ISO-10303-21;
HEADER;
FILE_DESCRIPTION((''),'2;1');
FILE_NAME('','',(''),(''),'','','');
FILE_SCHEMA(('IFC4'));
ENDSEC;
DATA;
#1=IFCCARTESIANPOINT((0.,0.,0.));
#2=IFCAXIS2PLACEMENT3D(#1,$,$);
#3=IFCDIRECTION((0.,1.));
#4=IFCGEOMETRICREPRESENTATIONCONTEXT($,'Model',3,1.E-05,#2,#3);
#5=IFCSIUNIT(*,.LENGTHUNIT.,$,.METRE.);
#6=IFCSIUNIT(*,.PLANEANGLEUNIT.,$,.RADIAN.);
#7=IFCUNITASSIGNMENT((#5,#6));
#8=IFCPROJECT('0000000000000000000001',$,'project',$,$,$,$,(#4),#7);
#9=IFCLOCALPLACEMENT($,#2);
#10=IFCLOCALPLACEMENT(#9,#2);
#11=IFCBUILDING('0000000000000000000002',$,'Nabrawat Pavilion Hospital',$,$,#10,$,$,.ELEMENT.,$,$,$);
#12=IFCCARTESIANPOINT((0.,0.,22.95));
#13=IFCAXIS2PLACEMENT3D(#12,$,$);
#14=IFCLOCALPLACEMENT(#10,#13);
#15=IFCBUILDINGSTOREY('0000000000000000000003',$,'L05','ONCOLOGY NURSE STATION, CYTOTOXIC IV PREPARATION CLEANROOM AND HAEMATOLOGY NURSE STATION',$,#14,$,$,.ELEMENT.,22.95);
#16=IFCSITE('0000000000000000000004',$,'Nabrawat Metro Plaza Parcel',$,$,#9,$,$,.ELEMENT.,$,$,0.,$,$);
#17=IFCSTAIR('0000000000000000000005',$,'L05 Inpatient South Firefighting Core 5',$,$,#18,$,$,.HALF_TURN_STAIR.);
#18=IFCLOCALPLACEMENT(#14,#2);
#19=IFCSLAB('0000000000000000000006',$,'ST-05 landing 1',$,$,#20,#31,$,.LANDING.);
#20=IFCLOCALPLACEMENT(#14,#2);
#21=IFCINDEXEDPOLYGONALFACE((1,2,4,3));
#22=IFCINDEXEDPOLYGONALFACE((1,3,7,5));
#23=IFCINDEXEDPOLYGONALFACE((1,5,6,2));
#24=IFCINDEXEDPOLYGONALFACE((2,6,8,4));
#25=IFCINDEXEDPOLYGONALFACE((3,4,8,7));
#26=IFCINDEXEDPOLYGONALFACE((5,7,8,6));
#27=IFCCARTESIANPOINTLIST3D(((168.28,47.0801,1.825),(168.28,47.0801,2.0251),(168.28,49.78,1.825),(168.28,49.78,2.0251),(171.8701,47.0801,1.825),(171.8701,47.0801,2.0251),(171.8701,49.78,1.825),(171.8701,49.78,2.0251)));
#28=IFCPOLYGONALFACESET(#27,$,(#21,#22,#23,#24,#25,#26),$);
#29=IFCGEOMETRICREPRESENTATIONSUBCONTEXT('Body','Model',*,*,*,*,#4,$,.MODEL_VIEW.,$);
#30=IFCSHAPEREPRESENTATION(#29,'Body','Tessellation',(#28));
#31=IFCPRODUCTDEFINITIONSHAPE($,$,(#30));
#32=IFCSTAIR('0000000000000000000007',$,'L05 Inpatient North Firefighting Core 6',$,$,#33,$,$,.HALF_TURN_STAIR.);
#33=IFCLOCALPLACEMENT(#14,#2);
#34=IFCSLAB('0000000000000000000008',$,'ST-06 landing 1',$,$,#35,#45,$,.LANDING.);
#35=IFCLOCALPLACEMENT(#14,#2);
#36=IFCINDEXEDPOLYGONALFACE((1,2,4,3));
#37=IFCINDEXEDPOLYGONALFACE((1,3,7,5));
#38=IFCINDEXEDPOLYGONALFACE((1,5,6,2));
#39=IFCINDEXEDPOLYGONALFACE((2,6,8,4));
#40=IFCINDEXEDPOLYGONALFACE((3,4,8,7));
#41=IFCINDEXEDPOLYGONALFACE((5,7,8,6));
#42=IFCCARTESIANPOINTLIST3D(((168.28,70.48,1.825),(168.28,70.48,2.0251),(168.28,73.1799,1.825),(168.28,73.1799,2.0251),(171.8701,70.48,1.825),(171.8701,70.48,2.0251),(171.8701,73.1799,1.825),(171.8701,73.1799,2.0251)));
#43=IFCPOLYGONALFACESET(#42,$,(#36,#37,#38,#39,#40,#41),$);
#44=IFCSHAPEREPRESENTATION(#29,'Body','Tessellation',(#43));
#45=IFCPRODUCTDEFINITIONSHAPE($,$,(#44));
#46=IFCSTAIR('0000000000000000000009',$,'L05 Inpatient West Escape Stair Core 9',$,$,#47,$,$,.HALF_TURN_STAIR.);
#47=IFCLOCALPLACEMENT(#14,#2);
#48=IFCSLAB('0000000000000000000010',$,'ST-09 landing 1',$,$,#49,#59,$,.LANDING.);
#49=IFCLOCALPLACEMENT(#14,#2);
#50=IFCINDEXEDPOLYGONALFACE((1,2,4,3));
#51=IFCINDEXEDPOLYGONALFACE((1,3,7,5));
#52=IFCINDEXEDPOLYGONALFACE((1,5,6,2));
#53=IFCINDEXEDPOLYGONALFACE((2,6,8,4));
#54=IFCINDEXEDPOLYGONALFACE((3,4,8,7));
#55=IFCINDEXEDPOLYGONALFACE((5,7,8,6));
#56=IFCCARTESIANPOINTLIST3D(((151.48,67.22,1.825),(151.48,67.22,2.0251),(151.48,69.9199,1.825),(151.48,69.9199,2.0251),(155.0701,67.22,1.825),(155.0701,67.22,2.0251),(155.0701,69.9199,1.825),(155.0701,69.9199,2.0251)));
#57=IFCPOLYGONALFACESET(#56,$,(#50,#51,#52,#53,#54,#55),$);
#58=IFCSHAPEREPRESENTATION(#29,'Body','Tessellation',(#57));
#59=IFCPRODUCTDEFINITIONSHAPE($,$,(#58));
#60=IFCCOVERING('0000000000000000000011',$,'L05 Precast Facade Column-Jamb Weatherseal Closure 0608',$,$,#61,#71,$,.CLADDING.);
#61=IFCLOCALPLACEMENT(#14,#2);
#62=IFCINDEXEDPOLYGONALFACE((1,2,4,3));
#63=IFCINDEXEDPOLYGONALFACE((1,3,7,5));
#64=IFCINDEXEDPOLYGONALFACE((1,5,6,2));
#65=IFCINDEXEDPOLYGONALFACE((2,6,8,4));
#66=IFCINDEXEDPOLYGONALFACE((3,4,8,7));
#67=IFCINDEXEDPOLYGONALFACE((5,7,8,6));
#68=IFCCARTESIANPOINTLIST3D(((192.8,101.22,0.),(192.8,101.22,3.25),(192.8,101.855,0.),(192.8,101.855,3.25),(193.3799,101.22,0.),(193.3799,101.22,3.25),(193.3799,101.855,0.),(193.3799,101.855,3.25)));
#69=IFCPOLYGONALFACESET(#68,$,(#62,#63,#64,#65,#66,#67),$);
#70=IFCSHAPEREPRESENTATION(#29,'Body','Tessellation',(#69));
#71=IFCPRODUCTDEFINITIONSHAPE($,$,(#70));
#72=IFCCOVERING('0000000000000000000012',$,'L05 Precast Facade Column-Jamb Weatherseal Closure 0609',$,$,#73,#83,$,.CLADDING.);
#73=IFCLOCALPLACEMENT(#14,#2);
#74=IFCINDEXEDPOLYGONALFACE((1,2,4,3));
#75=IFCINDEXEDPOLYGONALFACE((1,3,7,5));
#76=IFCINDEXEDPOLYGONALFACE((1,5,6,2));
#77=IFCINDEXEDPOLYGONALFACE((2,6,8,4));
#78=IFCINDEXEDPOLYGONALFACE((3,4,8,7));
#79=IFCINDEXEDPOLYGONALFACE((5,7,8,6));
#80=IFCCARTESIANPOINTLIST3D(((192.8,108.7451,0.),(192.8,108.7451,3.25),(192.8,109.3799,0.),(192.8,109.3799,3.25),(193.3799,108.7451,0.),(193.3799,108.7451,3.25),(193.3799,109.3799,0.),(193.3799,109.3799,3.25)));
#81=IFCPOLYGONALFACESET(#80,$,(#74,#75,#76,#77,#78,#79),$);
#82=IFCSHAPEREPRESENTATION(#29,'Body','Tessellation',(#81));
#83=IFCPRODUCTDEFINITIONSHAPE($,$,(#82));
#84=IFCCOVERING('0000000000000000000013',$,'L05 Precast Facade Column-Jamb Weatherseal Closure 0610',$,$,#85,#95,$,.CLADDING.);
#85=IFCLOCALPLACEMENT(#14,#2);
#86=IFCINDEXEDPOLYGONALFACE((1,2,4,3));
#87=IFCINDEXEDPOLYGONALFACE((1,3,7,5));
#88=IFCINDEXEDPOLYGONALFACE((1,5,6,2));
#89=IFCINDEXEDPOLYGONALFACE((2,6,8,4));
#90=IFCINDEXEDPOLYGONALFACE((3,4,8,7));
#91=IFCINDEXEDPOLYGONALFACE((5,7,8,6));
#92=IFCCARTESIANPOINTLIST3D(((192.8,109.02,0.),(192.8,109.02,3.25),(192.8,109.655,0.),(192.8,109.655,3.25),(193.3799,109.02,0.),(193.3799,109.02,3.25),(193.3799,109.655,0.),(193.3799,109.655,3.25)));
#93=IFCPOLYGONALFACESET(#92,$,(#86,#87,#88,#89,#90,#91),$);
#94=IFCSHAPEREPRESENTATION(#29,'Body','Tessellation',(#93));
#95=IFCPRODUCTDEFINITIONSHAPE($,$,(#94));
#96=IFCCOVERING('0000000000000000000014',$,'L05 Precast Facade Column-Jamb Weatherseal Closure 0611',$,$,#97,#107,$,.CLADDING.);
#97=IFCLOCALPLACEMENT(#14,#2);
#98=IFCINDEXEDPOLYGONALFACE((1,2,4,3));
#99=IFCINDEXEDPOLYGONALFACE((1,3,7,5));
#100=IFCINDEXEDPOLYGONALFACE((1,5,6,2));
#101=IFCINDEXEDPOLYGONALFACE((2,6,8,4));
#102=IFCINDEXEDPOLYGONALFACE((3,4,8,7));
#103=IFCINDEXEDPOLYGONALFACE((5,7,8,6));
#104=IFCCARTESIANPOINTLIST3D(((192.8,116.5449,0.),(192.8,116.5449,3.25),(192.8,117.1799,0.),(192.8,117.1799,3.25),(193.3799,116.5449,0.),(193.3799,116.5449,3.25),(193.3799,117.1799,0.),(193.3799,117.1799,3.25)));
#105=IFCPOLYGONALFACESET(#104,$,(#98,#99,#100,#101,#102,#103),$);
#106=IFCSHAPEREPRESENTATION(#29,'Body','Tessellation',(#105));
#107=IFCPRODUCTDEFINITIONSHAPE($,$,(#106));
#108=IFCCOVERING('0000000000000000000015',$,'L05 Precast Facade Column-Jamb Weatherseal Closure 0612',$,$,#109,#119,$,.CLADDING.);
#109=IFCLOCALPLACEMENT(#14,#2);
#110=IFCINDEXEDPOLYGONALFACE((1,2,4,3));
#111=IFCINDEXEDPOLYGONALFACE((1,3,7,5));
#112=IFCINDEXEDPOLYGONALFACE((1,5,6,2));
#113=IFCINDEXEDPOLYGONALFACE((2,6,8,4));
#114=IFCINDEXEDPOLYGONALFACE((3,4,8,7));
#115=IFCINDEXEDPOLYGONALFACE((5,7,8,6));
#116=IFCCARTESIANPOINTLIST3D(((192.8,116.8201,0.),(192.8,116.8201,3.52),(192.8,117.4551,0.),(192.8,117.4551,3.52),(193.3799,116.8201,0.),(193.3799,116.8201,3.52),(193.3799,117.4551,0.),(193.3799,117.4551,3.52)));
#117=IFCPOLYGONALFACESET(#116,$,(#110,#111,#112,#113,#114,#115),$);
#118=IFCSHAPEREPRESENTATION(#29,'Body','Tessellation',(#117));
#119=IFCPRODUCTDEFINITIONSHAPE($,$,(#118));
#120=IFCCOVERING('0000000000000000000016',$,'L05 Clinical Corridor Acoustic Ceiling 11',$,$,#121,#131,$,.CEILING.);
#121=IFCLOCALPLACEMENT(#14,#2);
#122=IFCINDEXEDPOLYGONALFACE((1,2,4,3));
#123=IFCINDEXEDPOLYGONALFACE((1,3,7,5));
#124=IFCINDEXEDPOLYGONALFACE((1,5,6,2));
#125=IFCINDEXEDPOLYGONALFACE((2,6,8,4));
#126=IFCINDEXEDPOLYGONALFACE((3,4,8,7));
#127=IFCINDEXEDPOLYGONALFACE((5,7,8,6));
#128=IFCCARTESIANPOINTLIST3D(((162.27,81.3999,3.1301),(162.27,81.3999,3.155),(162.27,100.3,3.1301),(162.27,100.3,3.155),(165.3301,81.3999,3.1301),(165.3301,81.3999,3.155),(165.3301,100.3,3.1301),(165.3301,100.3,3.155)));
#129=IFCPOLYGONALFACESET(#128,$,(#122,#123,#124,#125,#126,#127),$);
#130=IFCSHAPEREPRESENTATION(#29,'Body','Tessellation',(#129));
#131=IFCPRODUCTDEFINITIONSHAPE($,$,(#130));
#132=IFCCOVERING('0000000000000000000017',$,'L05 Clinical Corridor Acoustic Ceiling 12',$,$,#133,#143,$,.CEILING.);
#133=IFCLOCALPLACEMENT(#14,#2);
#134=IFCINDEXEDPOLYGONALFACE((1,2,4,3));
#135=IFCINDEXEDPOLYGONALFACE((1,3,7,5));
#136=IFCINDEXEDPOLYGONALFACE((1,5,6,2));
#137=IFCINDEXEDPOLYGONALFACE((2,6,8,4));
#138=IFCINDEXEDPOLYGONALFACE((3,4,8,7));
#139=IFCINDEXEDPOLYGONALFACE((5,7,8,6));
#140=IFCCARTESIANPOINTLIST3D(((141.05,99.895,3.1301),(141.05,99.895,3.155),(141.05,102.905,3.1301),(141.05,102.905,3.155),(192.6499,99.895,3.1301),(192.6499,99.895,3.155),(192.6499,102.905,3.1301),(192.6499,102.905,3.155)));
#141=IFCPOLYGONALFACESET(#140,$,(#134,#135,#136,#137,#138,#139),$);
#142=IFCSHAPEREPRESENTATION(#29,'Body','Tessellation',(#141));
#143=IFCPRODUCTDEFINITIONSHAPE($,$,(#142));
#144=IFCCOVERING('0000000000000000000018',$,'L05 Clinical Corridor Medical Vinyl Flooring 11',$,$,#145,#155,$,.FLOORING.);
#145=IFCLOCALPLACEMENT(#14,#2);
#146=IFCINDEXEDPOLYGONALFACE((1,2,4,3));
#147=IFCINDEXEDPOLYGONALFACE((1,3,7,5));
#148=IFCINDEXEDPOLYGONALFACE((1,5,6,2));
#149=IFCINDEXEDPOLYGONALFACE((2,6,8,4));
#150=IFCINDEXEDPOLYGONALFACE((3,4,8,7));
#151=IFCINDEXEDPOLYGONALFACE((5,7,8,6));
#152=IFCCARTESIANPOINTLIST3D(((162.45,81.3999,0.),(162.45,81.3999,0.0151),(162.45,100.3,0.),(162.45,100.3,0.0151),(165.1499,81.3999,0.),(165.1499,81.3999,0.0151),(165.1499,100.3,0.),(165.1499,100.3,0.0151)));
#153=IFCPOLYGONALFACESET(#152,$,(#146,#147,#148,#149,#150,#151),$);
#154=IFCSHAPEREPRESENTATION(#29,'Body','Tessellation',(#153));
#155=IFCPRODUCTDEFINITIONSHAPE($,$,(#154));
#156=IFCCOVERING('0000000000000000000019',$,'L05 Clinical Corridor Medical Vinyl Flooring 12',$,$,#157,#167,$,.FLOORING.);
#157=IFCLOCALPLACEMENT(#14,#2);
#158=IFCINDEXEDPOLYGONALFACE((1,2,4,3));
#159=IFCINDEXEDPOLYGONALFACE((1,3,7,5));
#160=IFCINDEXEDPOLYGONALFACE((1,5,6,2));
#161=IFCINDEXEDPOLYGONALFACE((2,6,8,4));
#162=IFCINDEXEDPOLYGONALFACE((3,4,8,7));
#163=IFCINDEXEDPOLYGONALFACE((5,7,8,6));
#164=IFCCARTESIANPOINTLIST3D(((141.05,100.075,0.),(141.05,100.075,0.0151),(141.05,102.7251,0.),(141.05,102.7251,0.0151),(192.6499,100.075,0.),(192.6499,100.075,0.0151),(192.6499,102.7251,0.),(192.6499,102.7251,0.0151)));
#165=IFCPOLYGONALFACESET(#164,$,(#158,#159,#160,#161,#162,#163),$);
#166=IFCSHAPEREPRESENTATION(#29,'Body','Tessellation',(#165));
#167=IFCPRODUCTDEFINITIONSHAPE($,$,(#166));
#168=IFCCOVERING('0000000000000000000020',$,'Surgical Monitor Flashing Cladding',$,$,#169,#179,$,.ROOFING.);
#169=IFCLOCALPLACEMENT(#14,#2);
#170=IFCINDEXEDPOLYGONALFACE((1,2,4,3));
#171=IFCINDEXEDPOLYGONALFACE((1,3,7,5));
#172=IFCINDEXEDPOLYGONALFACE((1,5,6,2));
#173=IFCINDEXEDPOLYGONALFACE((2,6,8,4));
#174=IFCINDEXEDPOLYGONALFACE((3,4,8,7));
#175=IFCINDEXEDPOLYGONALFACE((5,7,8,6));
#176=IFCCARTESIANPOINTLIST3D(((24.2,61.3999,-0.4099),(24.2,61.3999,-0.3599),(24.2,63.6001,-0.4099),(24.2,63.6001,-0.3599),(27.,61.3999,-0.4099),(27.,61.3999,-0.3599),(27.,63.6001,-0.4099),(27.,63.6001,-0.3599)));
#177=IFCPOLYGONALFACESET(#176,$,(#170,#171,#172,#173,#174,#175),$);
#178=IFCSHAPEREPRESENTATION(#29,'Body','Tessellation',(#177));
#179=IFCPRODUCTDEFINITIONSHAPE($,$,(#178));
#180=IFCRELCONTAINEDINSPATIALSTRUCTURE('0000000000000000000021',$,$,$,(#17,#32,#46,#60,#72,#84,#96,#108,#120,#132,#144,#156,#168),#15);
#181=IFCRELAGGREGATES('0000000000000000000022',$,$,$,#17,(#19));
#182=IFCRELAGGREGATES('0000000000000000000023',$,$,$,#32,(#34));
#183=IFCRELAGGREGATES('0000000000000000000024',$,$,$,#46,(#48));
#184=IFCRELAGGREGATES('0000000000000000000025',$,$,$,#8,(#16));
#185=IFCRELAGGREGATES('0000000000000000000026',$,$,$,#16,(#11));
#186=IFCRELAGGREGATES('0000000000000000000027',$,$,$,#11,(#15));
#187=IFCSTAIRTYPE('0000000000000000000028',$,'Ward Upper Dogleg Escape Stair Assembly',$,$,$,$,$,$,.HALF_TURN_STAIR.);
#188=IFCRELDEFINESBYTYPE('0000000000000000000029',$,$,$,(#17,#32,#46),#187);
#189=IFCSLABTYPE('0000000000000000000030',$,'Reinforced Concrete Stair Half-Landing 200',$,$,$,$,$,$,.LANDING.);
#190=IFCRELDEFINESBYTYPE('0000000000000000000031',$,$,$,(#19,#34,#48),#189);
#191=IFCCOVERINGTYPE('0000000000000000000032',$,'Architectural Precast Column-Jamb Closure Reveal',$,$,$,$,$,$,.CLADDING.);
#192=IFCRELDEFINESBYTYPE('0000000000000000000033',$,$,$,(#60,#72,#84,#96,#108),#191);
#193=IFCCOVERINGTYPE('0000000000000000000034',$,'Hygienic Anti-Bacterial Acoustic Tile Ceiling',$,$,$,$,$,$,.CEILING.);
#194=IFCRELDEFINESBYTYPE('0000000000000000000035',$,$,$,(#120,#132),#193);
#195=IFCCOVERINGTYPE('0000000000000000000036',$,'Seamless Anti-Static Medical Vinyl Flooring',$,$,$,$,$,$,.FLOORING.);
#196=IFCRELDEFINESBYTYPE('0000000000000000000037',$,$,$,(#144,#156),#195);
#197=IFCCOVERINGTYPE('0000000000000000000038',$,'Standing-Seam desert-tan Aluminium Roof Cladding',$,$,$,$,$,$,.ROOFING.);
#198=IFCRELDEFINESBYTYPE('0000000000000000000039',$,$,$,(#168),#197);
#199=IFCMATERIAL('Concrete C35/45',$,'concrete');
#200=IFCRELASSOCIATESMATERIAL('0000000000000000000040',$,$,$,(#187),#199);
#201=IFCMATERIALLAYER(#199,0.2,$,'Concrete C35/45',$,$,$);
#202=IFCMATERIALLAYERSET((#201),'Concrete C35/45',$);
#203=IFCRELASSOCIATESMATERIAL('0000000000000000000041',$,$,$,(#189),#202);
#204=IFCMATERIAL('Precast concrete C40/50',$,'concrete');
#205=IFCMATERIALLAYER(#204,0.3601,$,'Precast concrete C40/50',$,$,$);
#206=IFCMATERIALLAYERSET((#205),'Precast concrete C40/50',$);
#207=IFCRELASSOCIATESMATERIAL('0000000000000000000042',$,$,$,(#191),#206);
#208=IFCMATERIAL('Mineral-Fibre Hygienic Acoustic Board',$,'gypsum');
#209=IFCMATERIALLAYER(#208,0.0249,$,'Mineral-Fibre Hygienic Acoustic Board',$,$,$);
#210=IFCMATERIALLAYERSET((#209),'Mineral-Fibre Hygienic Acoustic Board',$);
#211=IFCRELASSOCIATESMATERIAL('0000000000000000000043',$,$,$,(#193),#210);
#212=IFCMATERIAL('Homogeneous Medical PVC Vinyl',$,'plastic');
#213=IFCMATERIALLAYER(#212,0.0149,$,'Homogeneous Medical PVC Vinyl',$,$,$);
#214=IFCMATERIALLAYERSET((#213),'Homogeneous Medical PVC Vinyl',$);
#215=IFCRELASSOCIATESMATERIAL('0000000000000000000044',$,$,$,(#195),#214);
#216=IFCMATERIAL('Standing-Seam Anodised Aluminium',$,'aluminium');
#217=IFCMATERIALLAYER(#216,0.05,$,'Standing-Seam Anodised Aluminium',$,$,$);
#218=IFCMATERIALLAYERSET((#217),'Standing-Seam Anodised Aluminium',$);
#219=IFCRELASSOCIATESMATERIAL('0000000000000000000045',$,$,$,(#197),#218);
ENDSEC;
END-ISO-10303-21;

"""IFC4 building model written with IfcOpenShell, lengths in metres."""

from ifc_helpers import new_model, si_unit, direction, frame, origin, place, context, subcontext, project, spatial, polyline, outline, extrude, material, layer, layer_set, type_object, element, aggregate, save


model = new_model("IFC4")

# Units and contexts
model_context = context("Model", 3, precision=1e-05, world=origin(), true_north=direction((0.0, 1.0)))
body_context = subcontext(model_context, "Body", "Model", "MODEL_VIEW")
ifc_project = project(units=[si_unit("LENGTHUNIT", "METRE"), si_unit("PLANEANGLEUNIT", "RADIAN")], contexts=[model_context])

# Site, building, storey
site_placement = place(None, origin())
site = spatial("IfcSite", under=ifc_project, at=site_placement, Name="Nabrawat Metro Plaza Parcel", CompositionType="ELEMENT", RefElevation=0.0)
building_placement = place(site_placement, origin())
building = spatial("IfcBuilding", under=site, at=building_placement, Name="Nabrawat Pavilion Hospital", CompositionType="ELEMENT")
storey_placement = place(building_placement, frame((0.0, 0.0, 22.95)))
storey = spatial("IfcBuildingStorey", under=building, at=storey_placement, Name="L05", Description="ONCOLOGY NURSE STATION, CYTOTOXIC IV PREPARATION CLEANROOM AND HAEMATOLOGY NURSE STATION", CompositionType="ELEMENT", Elevation=22.95)

# Stairs, slabs
ifc_material_1 = material(Name="Concrete C35/45", Category="concrete")
stair_type = type_object("IfcStairType", Name="Ward Upper Dogleg Escape Stair Assembly", PredefinedType="HALF_TURN_STAIR", material=ifc_material_1)
stair_1_placement = place(storey_placement, origin())
stair_1 = element("IfcStair", 1, at=stair_1_placement, inside=storey, type_object=stair_type, Name="L05 Inpatient South Firefighting Core 5", PredefinedType="HALF_TURN_STAIR")
ifc_layer_1 = layer(ifc_material_1, 0.2, Name="Concrete C35/45")
ifc_layer_set_1 = layer_set([ifc_layer_1], Name="Concrete C35/45")
slab_type = type_object("IfcSlabType", Name="Reinforced Concrete Stair Half-Landing 200", PredefinedType="LANDING", material=ifc_layer_set_1)
slab_1_placement = place(storey_placement, frame((0.0, 0.0, 1.825)))
slab_1 = element("IfcSlab", 2, at=slab_1_placement, type_object=slab_type, Name="ST-05 landing 1", PredefinedType="LANDING", context=body_context, shape_type="SweptSolid", body=[
    extrude(outline(polyline([(171.8701, 47.0801), (171.8701, 49.78), (168.28, 49.78), (168.28, 47.0801), (171.8701, 47.0801)])), origin(), (0.0, 0.0, 1.0), 0.2002),
])
aggregate(stair_1, [slab_1])
stair_2_placement = place(storey_placement, origin())
stair_2 = element("IfcStair", 3, at=stair_2_placement, inside=storey, type_object=stair_type, Name="L05 Inpatient North Firefighting Core 6", PredefinedType="HALF_TURN_STAIR")
slab_2_placement = place(storey_placement, frame((0.0, 0.0, 1.825)))
slab_2 = element("IfcSlab", 4, at=slab_2_placement, type_object=slab_type, Name="ST-06 landing 1", PredefinedType="LANDING", context=body_context, shape_type="SweptSolid", body=[
    extrude(outline(polyline([(171.8701, 70.48), (171.8701, 73.1799), (168.28, 73.1799), (168.28, 70.48), (171.8701, 70.48)])), origin(), (0.0, 0.0, 1.0), 0.2002),
])
aggregate(stair_2, [slab_2])
stair_3_placement = place(storey_placement, origin())
stair_3 = element("IfcStair", 5, at=stair_3_placement, inside=storey, type_object=stair_type, Name="L05 Inpatient West Escape Stair Core 9", PredefinedType="HALF_TURN_STAIR")
slab_3_placement = place(storey_placement, frame((0.0, 0.0, 1.825)))
slab_3 = element("IfcSlab", 6, at=slab_3_placement, type_object=slab_type, Name="ST-09 landing 1", PredefinedType="LANDING", context=body_context, shape_type="SweptSolid", body=[
    extrude(outline(polyline([(155.0701, 67.22), (155.0701, 69.9199), (151.48, 69.9199), (151.48, 67.22), (155.0701, 67.22)])), origin(), (0.0, 0.0, 1.0), 0.2002),
])
aggregate(stair_3, [slab_3])

# Coverings
ifc_material_2 = material(Name="Precast concrete C40/50", Category="concrete")
ifc_layer_2 = layer(ifc_material_2, 0.3601, Name="Precast concrete C40/50")
ifc_layer_set_2 = layer_set([ifc_layer_2], Name="Precast concrete C40/50")
covering_type_1 = type_object("IfcCoveringType", Name="Architectural Precast Column-Jamb Closure Reveal", PredefinedType="CLADDING", material=ifc_layer_set_2)
covering_1_placement = place(storey_placement, origin())
element("IfcCovering", 7, at=covering_1_placement, inside=storey, type_object=covering_type_1, Name="L05 Precast Facade Column-Jamb Weatherseal Closure 0608", PredefinedType="CLADDING", context=body_context, shape_type="SweptSolid", body=[
    extrude(outline(polyline([(193.3799, 101.22), (193.3799, 101.855), (192.8, 101.855), (192.8, 101.22), (193.3799, 101.22)])), origin(), (0.0, 0.0, 1.0), 3.25),
])
covering_2_placement = place(storey_placement, origin())
element("IfcCovering", 8, at=covering_2_placement, inside=storey, type_object=covering_type_1, Name="L05 Precast Facade Column-Jamb Weatherseal Closure 0609", PredefinedType="CLADDING", context=body_context, shape_type="SweptSolid", body=[
    extrude(outline(polyline([(193.3799, 108.7451), (193.3799, 109.3799), (192.8, 109.3799), (192.8, 108.7451), (193.3799, 108.7451)])), origin(), (0.0, 0.0, 1.0), 3.25),
])
covering_3_placement = place(storey_placement, origin())
element("IfcCovering", 9, at=covering_3_placement, inside=storey, type_object=covering_type_1, Name="L05 Precast Facade Column-Jamb Weatherseal Closure 0610", PredefinedType="CLADDING", context=body_context, shape_type="SweptSolid", body=[
    extrude(outline(polyline([(193.3799, 109.02), (193.3799, 109.655), (192.8, 109.655), (192.8, 109.02), (193.3799, 109.02)])), origin(), (0.0, 0.0, 1.0), 3.25),
])
covering_4_placement = place(storey_placement, origin())
element("IfcCovering", 10, at=covering_4_placement, inside=storey, type_object=covering_type_1, Name="L05 Precast Facade Column-Jamb Weatherseal Closure 0611", PredefinedType="CLADDING", context=body_context, shape_type="SweptSolid", body=[
    extrude(outline(polyline([(193.3799, 116.5449), (193.3799, 117.1799), (192.8, 117.1799), (192.8, 116.5449), (193.3799, 116.5449)])), origin(), (0.0, 0.0, 1.0), 3.25),
])
covering_5_placement = place(storey_placement, origin())
element("IfcCovering", 11, at=covering_5_placement, inside=storey, type_object=covering_type_1, Name="L05 Precast Facade Column-Jamb Weatherseal Closure 0612", PredefinedType="CLADDING", context=body_context, shape_type="SweptSolid", body=[
    extrude(outline(polyline([(193.3799, 116.8201), (193.3799, 117.4551), (192.8, 117.4551), (192.8, 116.8201), (193.3799, 116.8201)])), origin(), (0.0, 0.0, 1.0), 3.52),
])

# Coverings
ifc_material_3 = material(Name="Mineral-Fibre Hygienic Acoustic Board", Category="gypsum")
ifc_layer_3 = layer(ifc_material_3, 0.0249, Name="Mineral-Fibre Hygienic Acoustic Board")
ifc_layer_set_3 = layer_set([ifc_layer_3], Name="Mineral-Fibre Hygienic Acoustic Board")
covering_type_2 = type_object("IfcCoveringType", Name="Hygienic Anti-Bacterial Acoustic Tile Ceiling", PredefinedType="CEILING", material=ifc_layer_set_3)
covering_6_placement = place(storey_placement, frame((0.0, 0.0, 3.1301)))
element("IfcCovering", 12, at=covering_6_placement, inside=storey, type_object=covering_type_2, Name="L05 Clinical Corridor Acoustic Ceiling 11", PredefinedType="CEILING", context=body_context, shape_type="SweptSolid", body=[
    extrude(outline(polyline([(165.3301, 81.3999), (165.3301, 100.3), (162.27, 100.3), (162.27, 81.3999), (165.3301, 81.3999)])), origin(), (0.0, 0.0, 1.0), 0.0249),
])
covering_7_placement = place(storey_placement, frame((0.0, 0.0, 3.1301)))
element("IfcCovering", 13, at=covering_7_placement, inside=storey, type_object=covering_type_2, Name="L05 Clinical Corridor Acoustic Ceiling 12", PredefinedType="CEILING", context=body_context, shape_type="SweptSolid", body=[
    extrude(outline(polyline([(192.6499, 99.895), (192.6499, 102.905), (141.05, 102.905), (141.05, 99.895), (192.6499, 99.895)])), origin(), (0.0, 0.0, 1.0), 0.0249),
])
ifc_material_4 = material(Name="Homogeneous Medical PVC Vinyl", Category="plastic")
ifc_layer_4 = layer(ifc_material_4, 0.0149, Name="Homogeneous Medical PVC Vinyl")
ifc_layer_set_4 = layer_set([ifc_layer_4], Name="Homogeneous Medical PVC Vinyl")
covering_type_3 = type_object("IfcCoveringType", Name="Seamless Anti-Static Medical Vinyl Flooring", PredefinedType="FLOORING", material=ifc_layer_set_4)
covering_8_placement = place(storey_placement, origin())
element("IfcCovering", 14, at=covering_8_placement, inside=storey, type_object=covering_type_3, Name="L05 Clinical Corridor Medical Vinyl Flooring 11", PredefinedType="FLOORING", context=body_context, shape_type="SweptSolid", body=[
    extrude(outline(polyline([(165.1499, 81.3999), (165.1499, 100.3), (162.45, 100.3), (162.45, 81.3999), (165.1499, 81.3999)])), origin(), (0.0, 0.0, 1.0), 0.0151),
])
covering_9_placement = place(storey_placement, origin())
element("IfcCovering", 15, at=covering_9_placement, inside=storey, type_object=covering_type_3, Name="L05 Clinical Corridor Medical Vinyl Flooring 12", PredefinedType="FLOORING", context=body_context, shape_type="SweptSolid", body=[
    extrude(outline(polyline([(192.6499, 100.075), (192.6499, 102.7251), (141.05, 102.7251), (141.05, 100.075), (192.6499, 100.075)])), origin(), (0.0, 0.0, 1.0), 0.0151),
])
ifc_material_5 = material(Name="Standing-Seam Anodised Aluminium", Category="aluminium")
ifc_layer_5 = layer(ifc_material_5, 0.05, Name="Standing-Seam Anodised Aluminium")
ifc_layer_set_5 = layer_set([ifc_layer_5], Name="Standing-Seam Anodised Aluminium")
covering_type_4 = type_object("IfcCoveringType", Name="Standing-Seam desert-tan Aluminium Roof Cladding", PredefinedType="ROOFING", material=ifc_layer_set_5)
covering_10_placement = place(storey_placement, frame((0.0, 0.0, -0.4099)))
element("IfcCovering", 16, at=covering_10_placement, inside=storey, type_object=covering_type_4, Name="Surgical Monitor Flashing Cladding", PredefinedType="ROOFING", context=body_context, shape_type="SweptSolid", body=[
    extrude(outline(polyline([(27.0, 61.3999), (27.0, 63.6001), (24.2, 63.6001), (24.2, 61.3999), (27.0, 61.3999)])), origin(), (0.0, 0.0, 1.0), 0.05),
])

save(model, "model.ifc")
